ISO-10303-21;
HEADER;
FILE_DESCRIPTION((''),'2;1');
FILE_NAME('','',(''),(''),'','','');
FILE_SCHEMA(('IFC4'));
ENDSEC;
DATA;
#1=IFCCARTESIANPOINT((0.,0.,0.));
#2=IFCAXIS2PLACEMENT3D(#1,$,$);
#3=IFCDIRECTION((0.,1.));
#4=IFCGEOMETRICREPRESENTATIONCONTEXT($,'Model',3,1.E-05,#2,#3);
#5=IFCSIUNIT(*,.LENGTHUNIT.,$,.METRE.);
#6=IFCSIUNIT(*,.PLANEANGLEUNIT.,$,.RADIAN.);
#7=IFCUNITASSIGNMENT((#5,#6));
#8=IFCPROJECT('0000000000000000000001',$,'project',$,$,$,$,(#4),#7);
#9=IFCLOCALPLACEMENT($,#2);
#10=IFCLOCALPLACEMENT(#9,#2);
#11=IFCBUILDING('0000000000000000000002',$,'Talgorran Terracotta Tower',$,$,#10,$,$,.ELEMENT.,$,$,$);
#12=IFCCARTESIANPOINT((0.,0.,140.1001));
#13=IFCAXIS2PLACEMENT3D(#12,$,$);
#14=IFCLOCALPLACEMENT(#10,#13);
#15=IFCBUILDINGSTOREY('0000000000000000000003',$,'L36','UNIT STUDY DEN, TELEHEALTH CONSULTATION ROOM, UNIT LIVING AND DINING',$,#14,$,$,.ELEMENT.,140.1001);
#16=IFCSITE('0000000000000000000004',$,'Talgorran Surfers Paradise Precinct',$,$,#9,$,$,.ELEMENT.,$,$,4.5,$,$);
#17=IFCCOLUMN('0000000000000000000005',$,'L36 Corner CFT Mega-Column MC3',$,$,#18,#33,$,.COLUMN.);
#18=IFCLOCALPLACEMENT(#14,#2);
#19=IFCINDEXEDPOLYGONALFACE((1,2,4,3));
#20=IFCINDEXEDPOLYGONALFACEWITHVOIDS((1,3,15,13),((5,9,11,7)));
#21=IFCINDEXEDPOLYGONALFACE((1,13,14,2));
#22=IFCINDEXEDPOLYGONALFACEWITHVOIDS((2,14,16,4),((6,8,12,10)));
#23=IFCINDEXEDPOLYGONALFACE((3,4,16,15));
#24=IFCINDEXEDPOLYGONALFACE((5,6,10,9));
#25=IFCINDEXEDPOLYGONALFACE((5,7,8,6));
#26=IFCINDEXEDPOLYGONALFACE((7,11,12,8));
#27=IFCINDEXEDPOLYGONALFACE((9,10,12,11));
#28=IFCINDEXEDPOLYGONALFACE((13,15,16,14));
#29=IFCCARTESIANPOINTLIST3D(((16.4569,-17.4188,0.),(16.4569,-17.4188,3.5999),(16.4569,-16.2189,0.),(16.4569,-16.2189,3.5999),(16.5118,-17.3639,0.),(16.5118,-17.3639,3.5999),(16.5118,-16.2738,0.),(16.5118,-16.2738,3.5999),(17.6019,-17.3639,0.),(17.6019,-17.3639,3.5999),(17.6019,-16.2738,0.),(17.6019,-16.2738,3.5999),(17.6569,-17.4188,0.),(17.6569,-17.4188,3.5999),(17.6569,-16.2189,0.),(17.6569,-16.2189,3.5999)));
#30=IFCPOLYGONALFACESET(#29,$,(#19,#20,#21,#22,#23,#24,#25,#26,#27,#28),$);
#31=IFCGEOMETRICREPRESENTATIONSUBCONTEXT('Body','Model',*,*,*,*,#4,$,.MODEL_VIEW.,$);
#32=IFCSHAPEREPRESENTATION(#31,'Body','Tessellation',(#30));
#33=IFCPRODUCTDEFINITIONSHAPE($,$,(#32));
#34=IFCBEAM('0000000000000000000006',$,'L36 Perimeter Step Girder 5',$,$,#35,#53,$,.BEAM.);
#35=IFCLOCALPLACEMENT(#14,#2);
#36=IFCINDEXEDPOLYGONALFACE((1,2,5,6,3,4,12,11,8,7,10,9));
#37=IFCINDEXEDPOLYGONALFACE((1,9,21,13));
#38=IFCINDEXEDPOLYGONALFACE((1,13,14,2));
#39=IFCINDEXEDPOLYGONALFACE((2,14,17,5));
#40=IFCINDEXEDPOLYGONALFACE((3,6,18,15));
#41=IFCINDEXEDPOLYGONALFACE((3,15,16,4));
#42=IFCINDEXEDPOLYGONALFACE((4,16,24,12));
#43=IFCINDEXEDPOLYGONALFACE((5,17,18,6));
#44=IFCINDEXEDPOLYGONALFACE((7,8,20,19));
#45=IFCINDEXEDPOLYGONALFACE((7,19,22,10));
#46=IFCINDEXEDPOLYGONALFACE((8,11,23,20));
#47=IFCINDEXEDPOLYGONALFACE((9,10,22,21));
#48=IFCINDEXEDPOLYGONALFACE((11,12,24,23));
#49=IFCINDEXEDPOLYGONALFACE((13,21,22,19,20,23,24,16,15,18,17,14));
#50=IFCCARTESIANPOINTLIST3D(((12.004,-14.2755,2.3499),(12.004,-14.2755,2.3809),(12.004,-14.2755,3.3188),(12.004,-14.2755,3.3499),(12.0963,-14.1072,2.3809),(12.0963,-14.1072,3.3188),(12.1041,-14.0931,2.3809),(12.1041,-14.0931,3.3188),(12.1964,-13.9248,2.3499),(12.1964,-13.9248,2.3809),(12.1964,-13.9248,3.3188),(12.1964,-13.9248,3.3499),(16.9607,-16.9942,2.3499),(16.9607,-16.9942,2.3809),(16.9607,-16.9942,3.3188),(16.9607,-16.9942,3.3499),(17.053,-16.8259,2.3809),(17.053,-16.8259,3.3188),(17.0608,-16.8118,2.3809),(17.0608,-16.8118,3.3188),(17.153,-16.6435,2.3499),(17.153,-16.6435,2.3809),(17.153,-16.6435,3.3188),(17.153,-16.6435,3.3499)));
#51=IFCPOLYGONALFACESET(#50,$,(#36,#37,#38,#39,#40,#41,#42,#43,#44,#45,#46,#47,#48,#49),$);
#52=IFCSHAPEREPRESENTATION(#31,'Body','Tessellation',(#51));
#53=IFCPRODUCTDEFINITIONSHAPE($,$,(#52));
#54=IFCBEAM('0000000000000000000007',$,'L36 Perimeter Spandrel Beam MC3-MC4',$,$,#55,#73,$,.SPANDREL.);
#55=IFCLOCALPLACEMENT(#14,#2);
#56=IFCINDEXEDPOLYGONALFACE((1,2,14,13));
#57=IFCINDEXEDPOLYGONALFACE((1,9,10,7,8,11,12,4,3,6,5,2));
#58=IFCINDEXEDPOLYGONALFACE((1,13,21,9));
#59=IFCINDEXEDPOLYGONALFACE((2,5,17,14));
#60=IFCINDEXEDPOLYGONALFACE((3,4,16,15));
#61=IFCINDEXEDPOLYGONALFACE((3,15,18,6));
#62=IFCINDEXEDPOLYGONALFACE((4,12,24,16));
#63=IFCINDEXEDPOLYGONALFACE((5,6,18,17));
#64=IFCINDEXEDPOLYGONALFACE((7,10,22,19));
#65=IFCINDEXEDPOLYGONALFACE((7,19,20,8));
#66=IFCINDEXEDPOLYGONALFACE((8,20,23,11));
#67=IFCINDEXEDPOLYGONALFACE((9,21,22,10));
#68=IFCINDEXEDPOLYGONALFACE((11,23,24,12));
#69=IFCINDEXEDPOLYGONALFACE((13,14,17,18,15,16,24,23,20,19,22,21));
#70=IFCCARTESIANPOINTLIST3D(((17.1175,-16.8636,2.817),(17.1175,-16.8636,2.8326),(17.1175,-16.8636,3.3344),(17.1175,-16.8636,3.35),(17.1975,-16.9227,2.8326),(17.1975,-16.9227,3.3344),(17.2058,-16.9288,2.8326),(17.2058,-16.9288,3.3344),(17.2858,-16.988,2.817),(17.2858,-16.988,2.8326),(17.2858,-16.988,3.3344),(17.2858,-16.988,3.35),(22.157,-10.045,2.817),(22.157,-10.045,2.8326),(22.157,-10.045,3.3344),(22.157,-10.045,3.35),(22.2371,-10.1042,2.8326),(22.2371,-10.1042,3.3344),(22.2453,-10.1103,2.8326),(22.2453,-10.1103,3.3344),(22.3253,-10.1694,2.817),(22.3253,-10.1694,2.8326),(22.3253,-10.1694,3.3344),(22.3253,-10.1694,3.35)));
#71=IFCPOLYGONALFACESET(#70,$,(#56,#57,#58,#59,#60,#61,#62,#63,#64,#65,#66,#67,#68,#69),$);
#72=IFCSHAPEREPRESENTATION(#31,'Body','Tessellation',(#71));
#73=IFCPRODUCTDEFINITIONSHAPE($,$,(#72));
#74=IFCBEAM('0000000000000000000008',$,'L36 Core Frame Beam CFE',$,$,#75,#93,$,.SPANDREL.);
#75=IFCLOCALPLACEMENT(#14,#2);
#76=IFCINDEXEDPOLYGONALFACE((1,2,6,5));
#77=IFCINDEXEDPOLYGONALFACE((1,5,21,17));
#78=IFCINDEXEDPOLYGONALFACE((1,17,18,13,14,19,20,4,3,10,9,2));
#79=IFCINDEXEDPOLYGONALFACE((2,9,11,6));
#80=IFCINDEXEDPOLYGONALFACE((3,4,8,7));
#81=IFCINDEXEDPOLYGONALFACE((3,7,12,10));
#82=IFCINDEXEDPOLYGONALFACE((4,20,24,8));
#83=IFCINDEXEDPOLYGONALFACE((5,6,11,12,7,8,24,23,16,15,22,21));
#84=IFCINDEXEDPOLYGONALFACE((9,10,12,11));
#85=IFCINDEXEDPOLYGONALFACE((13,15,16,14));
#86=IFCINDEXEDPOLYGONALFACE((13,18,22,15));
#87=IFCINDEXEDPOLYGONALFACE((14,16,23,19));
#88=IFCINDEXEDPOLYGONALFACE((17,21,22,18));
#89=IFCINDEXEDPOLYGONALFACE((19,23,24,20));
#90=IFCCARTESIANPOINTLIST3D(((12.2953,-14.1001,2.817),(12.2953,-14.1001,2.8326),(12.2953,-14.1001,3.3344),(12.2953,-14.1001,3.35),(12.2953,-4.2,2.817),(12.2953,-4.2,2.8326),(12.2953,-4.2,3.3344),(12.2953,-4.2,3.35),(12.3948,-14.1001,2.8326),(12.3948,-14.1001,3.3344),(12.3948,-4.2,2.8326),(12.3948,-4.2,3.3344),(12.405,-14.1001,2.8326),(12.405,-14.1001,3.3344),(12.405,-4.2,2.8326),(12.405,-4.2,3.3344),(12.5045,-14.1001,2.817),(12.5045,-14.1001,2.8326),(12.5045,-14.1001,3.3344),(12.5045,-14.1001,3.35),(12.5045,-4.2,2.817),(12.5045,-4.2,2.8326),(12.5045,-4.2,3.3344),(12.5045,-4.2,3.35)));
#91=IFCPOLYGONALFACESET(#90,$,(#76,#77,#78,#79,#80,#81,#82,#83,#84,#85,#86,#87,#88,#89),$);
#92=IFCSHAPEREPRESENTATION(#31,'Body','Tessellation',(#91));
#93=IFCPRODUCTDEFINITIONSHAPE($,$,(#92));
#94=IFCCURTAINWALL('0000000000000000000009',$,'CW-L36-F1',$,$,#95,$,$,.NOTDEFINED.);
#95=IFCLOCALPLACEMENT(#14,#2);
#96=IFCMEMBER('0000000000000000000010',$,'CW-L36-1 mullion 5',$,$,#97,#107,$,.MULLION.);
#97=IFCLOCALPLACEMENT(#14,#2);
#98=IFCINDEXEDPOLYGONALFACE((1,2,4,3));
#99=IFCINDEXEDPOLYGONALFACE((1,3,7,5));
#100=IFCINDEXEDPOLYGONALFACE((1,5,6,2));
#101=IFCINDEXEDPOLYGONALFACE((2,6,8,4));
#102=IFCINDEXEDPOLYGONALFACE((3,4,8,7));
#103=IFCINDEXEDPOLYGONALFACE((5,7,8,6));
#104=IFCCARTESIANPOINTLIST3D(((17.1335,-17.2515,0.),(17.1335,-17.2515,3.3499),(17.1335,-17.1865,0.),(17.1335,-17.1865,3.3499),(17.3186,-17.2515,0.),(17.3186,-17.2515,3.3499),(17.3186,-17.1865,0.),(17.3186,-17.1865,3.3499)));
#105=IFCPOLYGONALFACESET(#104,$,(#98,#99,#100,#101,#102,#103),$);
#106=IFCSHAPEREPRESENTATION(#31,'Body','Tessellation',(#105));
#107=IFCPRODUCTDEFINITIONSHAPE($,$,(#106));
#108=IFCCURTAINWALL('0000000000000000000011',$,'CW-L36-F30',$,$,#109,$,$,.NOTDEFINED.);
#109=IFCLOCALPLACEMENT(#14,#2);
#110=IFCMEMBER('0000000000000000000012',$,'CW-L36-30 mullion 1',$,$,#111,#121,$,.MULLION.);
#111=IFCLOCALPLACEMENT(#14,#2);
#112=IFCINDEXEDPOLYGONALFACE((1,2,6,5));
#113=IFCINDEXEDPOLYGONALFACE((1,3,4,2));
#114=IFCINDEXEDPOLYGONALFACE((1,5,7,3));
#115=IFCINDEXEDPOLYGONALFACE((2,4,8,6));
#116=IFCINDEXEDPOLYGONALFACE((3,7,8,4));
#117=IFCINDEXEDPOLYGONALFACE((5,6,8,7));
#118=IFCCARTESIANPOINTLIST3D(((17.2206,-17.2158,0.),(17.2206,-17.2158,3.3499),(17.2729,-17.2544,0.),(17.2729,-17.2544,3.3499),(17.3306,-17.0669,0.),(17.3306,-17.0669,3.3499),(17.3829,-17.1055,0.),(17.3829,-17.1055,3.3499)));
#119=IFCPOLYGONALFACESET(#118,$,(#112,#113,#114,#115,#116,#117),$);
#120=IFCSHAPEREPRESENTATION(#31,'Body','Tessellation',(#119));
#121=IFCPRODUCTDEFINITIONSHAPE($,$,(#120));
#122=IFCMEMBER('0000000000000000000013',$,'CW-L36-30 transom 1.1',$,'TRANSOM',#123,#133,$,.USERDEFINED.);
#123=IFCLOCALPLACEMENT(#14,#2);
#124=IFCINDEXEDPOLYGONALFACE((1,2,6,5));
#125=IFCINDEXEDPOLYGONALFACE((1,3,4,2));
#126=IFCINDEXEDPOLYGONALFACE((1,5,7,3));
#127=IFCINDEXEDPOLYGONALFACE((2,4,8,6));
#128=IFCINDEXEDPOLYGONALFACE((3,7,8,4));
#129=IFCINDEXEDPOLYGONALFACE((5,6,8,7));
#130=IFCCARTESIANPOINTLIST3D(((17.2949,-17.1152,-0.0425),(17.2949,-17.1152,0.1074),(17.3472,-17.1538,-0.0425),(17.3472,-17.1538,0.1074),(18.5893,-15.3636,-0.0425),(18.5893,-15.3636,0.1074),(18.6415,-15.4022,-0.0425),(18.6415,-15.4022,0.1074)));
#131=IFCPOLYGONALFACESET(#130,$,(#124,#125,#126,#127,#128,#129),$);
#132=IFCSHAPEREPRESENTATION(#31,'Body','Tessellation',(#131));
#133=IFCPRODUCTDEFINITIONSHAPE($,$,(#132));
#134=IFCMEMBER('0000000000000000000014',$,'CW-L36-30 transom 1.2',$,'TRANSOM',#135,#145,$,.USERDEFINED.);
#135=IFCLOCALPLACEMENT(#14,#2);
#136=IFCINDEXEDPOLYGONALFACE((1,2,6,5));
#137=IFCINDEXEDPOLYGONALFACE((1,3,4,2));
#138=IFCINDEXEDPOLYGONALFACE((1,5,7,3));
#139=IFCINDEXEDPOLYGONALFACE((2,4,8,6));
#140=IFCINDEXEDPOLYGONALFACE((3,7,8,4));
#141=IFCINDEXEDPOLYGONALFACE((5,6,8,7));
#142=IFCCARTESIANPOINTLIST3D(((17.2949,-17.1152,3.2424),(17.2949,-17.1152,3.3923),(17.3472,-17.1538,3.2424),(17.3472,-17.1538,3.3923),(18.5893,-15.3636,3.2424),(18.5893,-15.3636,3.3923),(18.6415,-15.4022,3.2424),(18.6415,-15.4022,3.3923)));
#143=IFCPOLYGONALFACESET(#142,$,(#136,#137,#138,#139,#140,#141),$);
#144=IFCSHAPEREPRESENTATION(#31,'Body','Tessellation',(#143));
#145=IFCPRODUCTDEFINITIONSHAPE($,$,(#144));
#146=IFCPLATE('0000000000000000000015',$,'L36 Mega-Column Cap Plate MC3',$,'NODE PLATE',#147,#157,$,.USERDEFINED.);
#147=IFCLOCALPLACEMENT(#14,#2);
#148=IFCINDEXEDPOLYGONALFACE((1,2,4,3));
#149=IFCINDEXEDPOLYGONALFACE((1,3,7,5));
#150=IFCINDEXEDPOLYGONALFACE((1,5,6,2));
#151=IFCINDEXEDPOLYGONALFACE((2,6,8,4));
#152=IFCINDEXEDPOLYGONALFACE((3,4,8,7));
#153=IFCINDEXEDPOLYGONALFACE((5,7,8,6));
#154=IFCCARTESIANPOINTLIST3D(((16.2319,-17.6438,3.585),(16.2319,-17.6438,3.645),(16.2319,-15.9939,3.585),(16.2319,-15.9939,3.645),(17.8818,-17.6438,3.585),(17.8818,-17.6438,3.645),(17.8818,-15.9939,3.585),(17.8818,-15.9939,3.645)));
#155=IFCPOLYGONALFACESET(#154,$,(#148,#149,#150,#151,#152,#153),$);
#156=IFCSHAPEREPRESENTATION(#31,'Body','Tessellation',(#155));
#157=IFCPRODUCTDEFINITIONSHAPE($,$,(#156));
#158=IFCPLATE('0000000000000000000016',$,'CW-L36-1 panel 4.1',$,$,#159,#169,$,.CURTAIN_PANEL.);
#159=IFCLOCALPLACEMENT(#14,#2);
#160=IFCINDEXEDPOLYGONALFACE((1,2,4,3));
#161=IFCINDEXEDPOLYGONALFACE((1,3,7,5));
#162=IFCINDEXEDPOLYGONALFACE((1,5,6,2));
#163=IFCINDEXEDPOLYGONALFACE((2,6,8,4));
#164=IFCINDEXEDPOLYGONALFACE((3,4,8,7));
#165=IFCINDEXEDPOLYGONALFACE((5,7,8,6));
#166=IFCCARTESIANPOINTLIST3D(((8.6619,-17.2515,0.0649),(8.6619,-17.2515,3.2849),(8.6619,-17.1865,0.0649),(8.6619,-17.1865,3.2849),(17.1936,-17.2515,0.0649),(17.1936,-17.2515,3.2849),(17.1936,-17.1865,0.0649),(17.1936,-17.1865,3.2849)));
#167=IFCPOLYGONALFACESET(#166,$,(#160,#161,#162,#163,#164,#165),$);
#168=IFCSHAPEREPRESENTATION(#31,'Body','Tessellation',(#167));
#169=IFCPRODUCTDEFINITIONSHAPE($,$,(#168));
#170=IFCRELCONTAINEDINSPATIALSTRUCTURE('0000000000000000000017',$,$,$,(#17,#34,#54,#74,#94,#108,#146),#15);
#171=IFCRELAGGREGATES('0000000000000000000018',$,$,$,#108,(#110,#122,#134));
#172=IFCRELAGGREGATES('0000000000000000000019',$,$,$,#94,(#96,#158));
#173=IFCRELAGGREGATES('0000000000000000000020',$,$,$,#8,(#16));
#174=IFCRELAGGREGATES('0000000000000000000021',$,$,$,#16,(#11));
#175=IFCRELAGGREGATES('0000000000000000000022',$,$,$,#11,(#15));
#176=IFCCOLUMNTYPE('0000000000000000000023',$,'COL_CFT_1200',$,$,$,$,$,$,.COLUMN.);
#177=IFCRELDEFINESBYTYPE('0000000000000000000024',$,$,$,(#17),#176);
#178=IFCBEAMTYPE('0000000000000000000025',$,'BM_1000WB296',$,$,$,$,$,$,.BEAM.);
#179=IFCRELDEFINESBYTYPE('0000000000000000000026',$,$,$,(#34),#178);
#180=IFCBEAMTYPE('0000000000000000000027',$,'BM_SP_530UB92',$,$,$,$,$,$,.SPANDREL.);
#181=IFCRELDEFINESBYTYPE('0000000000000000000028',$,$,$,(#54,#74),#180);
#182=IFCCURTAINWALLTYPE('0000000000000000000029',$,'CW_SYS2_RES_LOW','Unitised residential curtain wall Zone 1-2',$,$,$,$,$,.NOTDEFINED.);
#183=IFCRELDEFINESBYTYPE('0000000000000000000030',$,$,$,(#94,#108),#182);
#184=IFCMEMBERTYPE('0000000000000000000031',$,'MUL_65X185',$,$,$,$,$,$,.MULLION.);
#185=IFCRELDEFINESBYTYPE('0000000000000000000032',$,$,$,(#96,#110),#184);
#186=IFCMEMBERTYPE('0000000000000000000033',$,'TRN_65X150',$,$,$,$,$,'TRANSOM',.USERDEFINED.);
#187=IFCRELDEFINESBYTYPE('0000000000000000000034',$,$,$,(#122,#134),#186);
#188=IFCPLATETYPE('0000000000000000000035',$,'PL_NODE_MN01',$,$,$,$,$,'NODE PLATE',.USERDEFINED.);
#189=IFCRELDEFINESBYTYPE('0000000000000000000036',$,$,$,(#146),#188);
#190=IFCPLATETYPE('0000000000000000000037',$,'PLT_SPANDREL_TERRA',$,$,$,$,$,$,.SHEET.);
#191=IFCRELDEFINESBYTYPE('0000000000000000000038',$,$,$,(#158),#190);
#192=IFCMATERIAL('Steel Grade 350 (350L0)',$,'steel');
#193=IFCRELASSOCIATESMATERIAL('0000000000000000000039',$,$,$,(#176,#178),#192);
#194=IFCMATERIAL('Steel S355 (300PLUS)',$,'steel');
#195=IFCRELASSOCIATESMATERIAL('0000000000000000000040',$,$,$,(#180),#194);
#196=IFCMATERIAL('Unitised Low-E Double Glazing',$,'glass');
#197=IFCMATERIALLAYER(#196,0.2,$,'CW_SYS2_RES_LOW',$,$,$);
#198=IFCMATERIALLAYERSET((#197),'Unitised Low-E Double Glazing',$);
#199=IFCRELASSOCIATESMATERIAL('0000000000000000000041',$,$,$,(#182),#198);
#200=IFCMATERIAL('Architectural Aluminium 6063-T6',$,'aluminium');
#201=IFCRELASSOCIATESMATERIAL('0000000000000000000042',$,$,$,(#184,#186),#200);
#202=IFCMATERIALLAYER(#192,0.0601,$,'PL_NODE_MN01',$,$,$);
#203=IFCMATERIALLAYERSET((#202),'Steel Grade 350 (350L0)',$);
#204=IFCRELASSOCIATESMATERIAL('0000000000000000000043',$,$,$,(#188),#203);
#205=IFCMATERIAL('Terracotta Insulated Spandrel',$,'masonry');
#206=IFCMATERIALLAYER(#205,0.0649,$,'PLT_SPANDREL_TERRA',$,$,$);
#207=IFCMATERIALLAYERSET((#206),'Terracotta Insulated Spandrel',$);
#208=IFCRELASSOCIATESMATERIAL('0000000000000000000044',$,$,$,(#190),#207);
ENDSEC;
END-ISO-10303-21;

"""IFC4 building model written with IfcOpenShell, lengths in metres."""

from ifc_helpers import new_model, si_unit, direction, frame, origin, origin_2d, place, context, subcontext, project, spatial, rectangle, hollow_rectangle, i_section, extrude, source, transform, mapped, material, layer, layer_set, material_profile, profile_set, type_object, type_shapes, element, aggregate, save


model = new_model("IFC4")

# Units and contexts
model_context = context("Model", 3, precision=1e-05, world=origin(), true_north=direction((0.0, 1.0)))
body_context = subcontext(model_context, "Body", "Model", "MODEL_VIEW")
ifc_project = project(units=[si_unit("LENGTHUNIT", "METRE"), si_unit("PLANEANGLEUNIT", "RADIAN")], contexts=[model_context])

# Site, building, storey
site_placement = place(None, origin())
site = spatial("IfcSite", under=ifc_project, at=site_placement, Name="Talgorran Surfers Paradise Precinct", CompositionType="ELEMENT", RefElevation=4.5)
building_placement = place(site_placement, origin())
building = spatial("IfcBuilding", under=site, at=building_placement, Name="Talgorran Terracotta Tower", CompositionType="ELEMENT")
storey_placement = place(building_placement, frame((0.0, 0.0, 140.1001)))
storey = spatial("IfcBuildingStorey", under=building, at=storey_placement, Name="L36", Description="UNIT STUDY DEN, TELEHEALTH CONSULTATION ROOM, UNIT LIVING AND DINING", CompositionType="ELEMENT", Elevation=140.1001)

# Column
ifc_material_1 = material(Name="Steel Grade 350 (350L0)", Category="steel")
ifc_material_profile_1 = material_profile(ifc_material_1, hollow_rectangle(XDim=1.2, YDim=1.2, WallThickness=0.0549, at=origin_2d()), Name="CFT1200X1200X55")
ifc_profile_set_1 = profile_set([ifc_material_profile_1], Name="Steel Grade 350 (350L0)")
column_type = type_object("IfcColumnType", Name="COL_CFT_1200", PredefinedType="COLUMN", material=ifc_profile_set_1)
column_placement = place(storey_placement, frame((17.0569, -16.8188, 0.0), z_axis=(0.0, 0.0, 1.0), x_axis=(1.0, 0.0, 0.0)))
element("IfcColumn", 1, at=column_placement, inside=storey, type_object=column_type, Name="L36 Corner CFT Mega-Column MC3", PredefinedType="COLUMN", context=body_context, shape_type="SweptSolid", body=[
    extrude(hollow_rectangle(XDim=1.2, YDim=1.2, WallThickness=0.0549, at=origin_2d()), origin(), (0.0, 0.0, 1.0), 3.5999),
])

# Beams
ifc_material_profile_2 = material_profile(ifc_material_1, i_section(OverallWidth=0.3999, OverallDepth=1.0, WebThickness=0.0161, FlangeThickness=0.031, at=origin_2d()), Name="1000WB296")
ifc_profile_set_2 = profile_set([ifc_material_profile_2], Name="Steel Grade 350 (350L0)")
beam_type_1 = type_object("IfcBeamType", Name="BM_1000WB296", PredefinedType="BEAM", material=ifc_profile_set_2)
beam_1_placement = place(storey_placement, frame((17.0569, -16.8188, 2.8499), z_axis=(-0.876774, 0.480902, 0.0), x_axis=(-0.480902, -0.876774, 0.0)))
element("IfcBeam", 2, at=beam_1_placement, inside=storey, type_object=beam_type_1, Name="L36 Perimeter Step Girder 5", PredefinedType="BEAM", context=body_context, shape_type="SweptSolid", body=[
    extrude(i_section(OverallWidth=0.3999, OverallDepth=1.0, WebThickness=0.0161, FlangeThickness=0.031, at=origin_2d()), origin(), (0.0, 0.0, 1.0), 5.6533),
])
ifc_material_2 = material(Name="Steel S355 (300PLUS)", Category="steel")
ifc_material_profile_3 = material_profile(ifc_material_2, i_section(OverallWidth=0.2092, OverallDepth=0.533, WebThickness=0.0103, FlangeThickness=0.0156, at=origin_2d()), Name="530UB92.4")
ifc_profile_set_3 = profile_set([ifc_material_profile_3], Name="Steel S355 (300PLUS)")
beam_type_2 = type_object("IfcBeamType", Name="BM_SP_530UB92", PredefinedType="SPANDREL", material=ifc_profile_set_3)
beam_2_placement = place(storey_placement, frame((17.2017, -16.9258, 3.0835), z_axis=(0.594369, 0.804192, 0.0), x_axis=(-0.804192, 0.594369, 0.0)))
element("IfcBeam", 3, at=beam_2_placement, inside=storey, type_object=beam_type_2, Name="L36 Perimeter Spandrel Beam MC3-MC4", PredefinedType="SPANDREL", context=body_context, shape_type="SweptSolid", body=[
    extrude(i_section(OverallWidth=0.2092, OverallDepth=0.533, WebThickness=0.0103, FlangeThickness=0.0156, at=origin_2d()), origin(), (0.0, 0.0, 1.0), 8.4788),
])
beam_3_placement = place(storey_placement, frame((12.3999, -14.1001, 3.0835), z_axis=(0.0, 1.0, 0.0), x_axis=(-1.0, 0.0, 0.0)))
element("IfcBeam", 4, at=beam_3_placement, inside=storey, type_object=beam_type_2, Name="L36 Core Frame Beam CFE", PredefinedType="SPANDREL", context=body_context, shape_type="SweptSolid", body=[
    extrude(i_section(OverallWidth=0.2092, OverallDepth=0.533, WebThickness=0.0103, FlangeThickness=0.0156, at=origin_2d()), origin(), (0.0, 0.0, 1.0), 9.9001),
])

# Curtain wall, member
ifc_material_3 = material(Name="Unitised Low-E Double Glazing", Category="glass")
ifc_layer_1 = layer(ifc_material_3, 0.2, Name="CW_SYS2_RES_LOW")
ifc_layer_set_1 = layer_set([ifc_layer_1], Name="Unitised Low-E Double Glazing")
curtain_wall_type = type_object("IfcCurtainWallType", Name="CW_SYS2_RES_LOW", Description="Unitised residential curtain wall Zone 1-2", PredefinedType="NOTDEFINED", material=ifc_layer_set_1)
curtain_wall_1_placement = place(storey_placement, origin())
curtain_wall_1 = element("IfcCurtainWall", 5, at=curtain_wall_1_placement, inside=storey, type_object=curtain_wall_type, Name="CW-L36-F1", PredefinedType="NOTDEFINED")
ifc_material_4 = material(Name="Architectural Aluminium 6063-T6", Category="aluminium")
ifc_material_profile_4 = material_profile(ifc_material_4, rectangle(XDim=0.0649, YDim=0.1851, at=origin_2d()), Name="CWM65X185")
ifc_profile_set_4 = profile_set([ifc_material_profile_4], Name="Architectural Aluminium 6063-T6")
member_type_1 = type_object("IfcMemberType", Name="MUL_65X185", PredefinedType="MULLION", material=ifc_profile_set_4)
member_1_placement = place(storey_placement, frame((17.2261, -17.219, 0.0), z_axis=(0.0, 0.0, 1.0), x_axis=(0.0, 1.0, 0.0)))
member_1 = element("IfcMember", 6, at=member_1_placement, type_object=member_type_1, Name="CW-L36-1 mullion 5", PredefinedType="MULLION", context=body_context, shape_type="SweptSolid", body=[
    extrude(rectangle(XDim=0.0649, YDim=0.1851, at=origin_2d()), origin(), (0.0, 0.0, 1.0), 3.3499),
])

# Curtain wall, members
curtain_wall_2_placement = place(storey_placement, origin())
curtain_wall_2 = element("IfcCurtainWall", 7, at=curtain_wall_2_placement, inside=storey, type_object=curtain_wall_type, Name="CW-L36-F30", PredefinedType="NOTDEFINED")
member_2_placement = place(storey_placement, frame((17.3018, -17.1606, 0.0), z_axis=(0.0, 0.0, 1.0), x_axis=(-0.804197, 0.594363, 0.0)))
member_2 = element("IfcMember", 8, at=member_2_placement, type_object=member_type_1, Name="CW-L36-30 mullion 1", PredefinedType="MULLION", context=body_context, shape_type="SweptSolid", body=[
    extrude(rectangle(XDim=0.0649, YDim=0.1851, at=origin_2d()), origin(), (0.0, 0.0, 1.0), 3.3499),
])
ifc_material_profile_5 = material_profile(ifc_material_4, rectangle(XDim=0.0649, YDim=0.1499, at=origin_2d()), Name="CWT65X150")
ifc_profile_set_5 = profile_set([ifc_material_profile_5], Name="Architectural Aluminium 6063-T6")
member_type_2 = type_object("IfcMemberType", Name="TRN_65X150", ElementType="TRANSOM", PredefinedType="USERDEFINED", material=ifc_profile_set_5)
member_3_placement = place(storey_placement, frame((17.321, -17.1345, 0.0325), z_axis=(0.5943, 0.804244, 0.0), x_axis=(-0.804244, 0.5943, 0.0)))
member_3 = element("IfcMember", 9, at=member_3_placement, type_object=member_type_2, Name="CW-L36-30 transom 1.1", ObjectType="TRANSOM", PredefinedType="USERDEFINED", context=body_context, shape_type="SweptSolid", body=[
    extrude(rectangle(XDim=0.0649, YDim=0.1499, at=origin_2d()), origin(), (0.0, 0.0, 1.0), 2.178),
])
member_4_placement = place(storey_placement, frame((17.321, -17.1345, 3.3174), z_axis=(0.5943, 0.804244, 0.0), x_axis=(-0.804244, 0.5943, 0.0)))
member_4 = element("IfcMember", 10, at=member_4_placement, type_object=member_type_2, Name="CW-L36-30 transom 1.2", ObjectType="TRANSOM", PredefinedType="USERDEFINED", context=body_context, shape_type="SweptSolid", body=[
    extrude(rectangle(XDim=0.0649, YDim=0.1499, at=origin_2d()), origin(), (0.0, 0.0, 1.0), 2.178),
])
aggregate(curtain_wall_2, [member_2, member_3, member_4])

# Plates
ifc_layer_2 = layer(ifc_material_1, 0.0601, Name="PL_NODE_MN01")
ifc_layer_set_2 = layer_set([ifc_layer_2], Name="Steel Grade 350 (350L0)")
plate_type_1 = type_object("IfcPlateType", Name="PL_NODE_MN01", ElementType="NODE PLATE", PredefinedType="USERDEFINED", material=ifc_layer_set_2)
plate_1_placement = place(storey_placement, frame((17.0569, -16.8188, 3.585), z_axis=(0.0, 0.0, 1.0), x_axis=(1.0, 0.0, 0.0)))
element("IfcPlate", 11, at=plate_1_placement, inside=storey, type_object=plate_type_1, Name="L36 Mega-Column Cap Plate MC3", ObjectType="NODE PLATE", PredefinedType="USERDEFINED", context=body_context, shape_type="SweptSolid", body=[
    extrude(rectangle(XDim=1.6499, YDim=1.6499, at=origin_2d()), origin(), (0.0, 0.0, 1.0), 0.0601),
])
ifc_material_5 = material(Name="Terracotta Insulated Spandrel", Category="masonry")
ifc_layer_3 = layer(ifc_material_5, 0.0649, Name="PLT_SPANDREL_TERRA")
ifc_layer_set_3 = layer_set([ifc_layer_3], Name="Terracotta Insulated Spandrel")
plate_type_2 = type_object("IfcPlateType", Name="PLT_SPANDREL_TERRA", PredefinedType="SHEET", material=ifc_layer_set_3)
shared_shape = source(origin(), body_context, "Body", "SweptSolid", [
    extrude(rectangle(XDim=8.5317, YDim=0.0649, at=origin_2d()), origin(), (0.0, 0.0, 1.0), 3.22),
])
type_shapes(plate_type_2, [shared_shape])
plate_2_placement = place(storey_placement, frame((12.9277, -17.219, 0.0649), z_axis=(0.0, 0.0, 1.0), x_axis=(1.0, 0.0, 0.0)))
plate_2 = element("IfcPlate", 12, at=plate_2_placement, type_object=plate_type_2, Name="CW-L36-1 panel 4.1", PredefinedType="CURTAIN_PANEL", context=body_context, shape_type="MappedRepresentation", body=[
    mapped(shared_shape, transform((0.0, 0.0, 0.0), scale=1.0)),
])
aggregate(curtain_wall_1, [member_1, plate_2])

save(model, "model.ifc")
